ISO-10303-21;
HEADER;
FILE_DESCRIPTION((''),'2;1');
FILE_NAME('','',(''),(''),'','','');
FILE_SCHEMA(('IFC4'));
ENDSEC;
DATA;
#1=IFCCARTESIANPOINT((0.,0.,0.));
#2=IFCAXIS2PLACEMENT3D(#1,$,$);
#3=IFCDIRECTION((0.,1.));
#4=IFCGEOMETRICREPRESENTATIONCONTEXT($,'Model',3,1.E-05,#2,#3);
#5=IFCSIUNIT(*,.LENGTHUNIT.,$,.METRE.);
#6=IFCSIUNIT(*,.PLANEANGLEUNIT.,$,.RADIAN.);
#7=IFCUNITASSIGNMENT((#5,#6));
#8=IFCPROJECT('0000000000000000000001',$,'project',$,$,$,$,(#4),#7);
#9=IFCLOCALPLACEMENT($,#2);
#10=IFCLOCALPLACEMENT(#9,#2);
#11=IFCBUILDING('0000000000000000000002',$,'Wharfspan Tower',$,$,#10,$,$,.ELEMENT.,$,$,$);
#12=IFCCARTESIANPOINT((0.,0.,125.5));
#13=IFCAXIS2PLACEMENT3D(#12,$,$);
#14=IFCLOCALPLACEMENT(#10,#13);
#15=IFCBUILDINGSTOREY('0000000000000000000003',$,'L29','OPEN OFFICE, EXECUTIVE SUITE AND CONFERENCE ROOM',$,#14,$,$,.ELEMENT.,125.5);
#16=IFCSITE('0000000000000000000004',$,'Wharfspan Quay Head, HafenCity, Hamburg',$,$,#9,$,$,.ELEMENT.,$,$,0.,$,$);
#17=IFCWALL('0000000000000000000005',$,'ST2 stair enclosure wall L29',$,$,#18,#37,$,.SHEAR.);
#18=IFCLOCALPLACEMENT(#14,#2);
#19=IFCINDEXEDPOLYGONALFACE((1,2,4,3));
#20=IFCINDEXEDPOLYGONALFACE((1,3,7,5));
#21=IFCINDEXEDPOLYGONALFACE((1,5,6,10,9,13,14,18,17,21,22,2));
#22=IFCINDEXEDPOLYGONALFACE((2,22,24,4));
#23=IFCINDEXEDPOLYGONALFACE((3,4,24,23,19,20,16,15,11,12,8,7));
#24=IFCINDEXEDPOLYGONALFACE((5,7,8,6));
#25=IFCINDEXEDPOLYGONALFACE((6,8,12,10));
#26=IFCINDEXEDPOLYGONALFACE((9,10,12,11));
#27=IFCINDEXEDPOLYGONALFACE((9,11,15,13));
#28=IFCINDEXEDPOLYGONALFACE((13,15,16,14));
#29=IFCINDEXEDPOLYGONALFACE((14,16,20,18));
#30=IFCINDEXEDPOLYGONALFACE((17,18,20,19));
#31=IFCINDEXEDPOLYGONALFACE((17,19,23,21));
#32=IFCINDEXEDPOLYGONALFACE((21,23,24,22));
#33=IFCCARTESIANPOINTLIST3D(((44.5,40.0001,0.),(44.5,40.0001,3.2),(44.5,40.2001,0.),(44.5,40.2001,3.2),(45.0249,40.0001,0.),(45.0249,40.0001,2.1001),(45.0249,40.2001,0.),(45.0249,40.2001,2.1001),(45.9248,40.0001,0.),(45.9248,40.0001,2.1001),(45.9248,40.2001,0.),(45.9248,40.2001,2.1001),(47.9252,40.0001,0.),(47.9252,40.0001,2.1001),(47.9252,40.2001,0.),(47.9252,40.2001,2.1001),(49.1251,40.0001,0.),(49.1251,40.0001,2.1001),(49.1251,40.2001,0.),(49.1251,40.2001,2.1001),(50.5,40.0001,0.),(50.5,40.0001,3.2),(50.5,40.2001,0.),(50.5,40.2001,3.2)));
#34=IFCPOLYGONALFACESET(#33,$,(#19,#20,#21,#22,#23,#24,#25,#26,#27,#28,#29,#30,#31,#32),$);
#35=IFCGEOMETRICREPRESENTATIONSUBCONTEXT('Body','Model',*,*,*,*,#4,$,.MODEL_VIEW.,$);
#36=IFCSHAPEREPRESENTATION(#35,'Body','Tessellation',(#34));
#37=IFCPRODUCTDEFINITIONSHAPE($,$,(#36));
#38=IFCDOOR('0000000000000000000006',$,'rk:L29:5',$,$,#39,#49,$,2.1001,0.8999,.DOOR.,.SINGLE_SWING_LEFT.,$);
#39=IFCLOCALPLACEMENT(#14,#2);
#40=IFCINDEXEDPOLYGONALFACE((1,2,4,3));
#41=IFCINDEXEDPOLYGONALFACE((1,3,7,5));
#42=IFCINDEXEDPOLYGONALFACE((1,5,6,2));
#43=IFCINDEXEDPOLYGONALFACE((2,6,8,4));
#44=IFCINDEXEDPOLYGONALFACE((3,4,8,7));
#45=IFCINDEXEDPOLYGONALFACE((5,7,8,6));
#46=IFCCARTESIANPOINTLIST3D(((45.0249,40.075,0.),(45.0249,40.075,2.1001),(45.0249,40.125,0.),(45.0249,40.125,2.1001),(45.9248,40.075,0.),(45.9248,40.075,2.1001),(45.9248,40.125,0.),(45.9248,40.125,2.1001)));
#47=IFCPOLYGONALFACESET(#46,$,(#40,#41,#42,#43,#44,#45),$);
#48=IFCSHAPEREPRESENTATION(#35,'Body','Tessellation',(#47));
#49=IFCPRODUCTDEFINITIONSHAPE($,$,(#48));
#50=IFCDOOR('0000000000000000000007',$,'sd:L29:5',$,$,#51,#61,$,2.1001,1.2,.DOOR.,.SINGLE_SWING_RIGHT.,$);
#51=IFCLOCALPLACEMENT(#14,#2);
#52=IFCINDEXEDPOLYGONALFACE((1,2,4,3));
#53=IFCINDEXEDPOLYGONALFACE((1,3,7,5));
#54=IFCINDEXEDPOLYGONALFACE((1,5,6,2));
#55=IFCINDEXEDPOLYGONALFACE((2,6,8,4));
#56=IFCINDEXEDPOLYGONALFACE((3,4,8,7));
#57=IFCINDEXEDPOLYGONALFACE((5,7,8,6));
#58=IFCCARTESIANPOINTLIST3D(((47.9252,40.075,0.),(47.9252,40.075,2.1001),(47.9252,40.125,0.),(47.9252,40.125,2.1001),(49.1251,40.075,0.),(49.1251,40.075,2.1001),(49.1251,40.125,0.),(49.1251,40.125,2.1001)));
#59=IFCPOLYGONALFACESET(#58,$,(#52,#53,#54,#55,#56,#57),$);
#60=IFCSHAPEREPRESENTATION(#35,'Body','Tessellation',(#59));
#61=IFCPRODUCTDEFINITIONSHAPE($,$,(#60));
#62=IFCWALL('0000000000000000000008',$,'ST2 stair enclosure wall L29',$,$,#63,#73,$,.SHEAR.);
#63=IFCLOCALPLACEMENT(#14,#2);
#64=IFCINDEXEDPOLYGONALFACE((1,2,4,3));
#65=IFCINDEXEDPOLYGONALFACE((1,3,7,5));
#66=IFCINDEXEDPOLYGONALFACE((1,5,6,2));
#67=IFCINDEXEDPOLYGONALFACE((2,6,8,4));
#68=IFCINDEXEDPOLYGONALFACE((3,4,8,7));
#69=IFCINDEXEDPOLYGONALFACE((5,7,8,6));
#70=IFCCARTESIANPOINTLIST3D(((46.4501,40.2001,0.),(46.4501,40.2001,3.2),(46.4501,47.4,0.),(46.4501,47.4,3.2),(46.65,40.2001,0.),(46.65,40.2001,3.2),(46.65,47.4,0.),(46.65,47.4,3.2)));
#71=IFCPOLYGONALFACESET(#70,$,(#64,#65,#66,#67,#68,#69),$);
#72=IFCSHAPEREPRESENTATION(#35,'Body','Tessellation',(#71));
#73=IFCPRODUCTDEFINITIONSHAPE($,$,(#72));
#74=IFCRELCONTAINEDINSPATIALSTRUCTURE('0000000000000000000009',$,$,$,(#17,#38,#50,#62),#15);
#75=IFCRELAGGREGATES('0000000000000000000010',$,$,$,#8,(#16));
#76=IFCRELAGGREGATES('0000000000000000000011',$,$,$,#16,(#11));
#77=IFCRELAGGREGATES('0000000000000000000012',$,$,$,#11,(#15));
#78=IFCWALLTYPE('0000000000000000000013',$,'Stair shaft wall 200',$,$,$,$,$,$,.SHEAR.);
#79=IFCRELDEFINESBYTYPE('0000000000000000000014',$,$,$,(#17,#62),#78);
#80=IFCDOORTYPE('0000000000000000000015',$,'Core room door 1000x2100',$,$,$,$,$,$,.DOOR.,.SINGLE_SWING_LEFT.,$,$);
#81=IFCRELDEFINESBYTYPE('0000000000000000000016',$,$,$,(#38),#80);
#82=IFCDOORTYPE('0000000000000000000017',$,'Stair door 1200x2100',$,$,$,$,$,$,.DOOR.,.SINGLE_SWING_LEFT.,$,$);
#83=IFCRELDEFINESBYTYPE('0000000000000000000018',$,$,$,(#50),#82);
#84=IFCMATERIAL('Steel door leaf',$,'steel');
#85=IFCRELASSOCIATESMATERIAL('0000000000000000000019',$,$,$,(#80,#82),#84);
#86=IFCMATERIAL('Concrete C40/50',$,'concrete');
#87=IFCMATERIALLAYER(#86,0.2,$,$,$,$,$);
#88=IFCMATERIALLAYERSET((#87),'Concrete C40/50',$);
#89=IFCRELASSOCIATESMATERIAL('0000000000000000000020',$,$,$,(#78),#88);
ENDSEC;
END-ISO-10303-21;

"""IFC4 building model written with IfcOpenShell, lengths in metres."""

from ifc_helpers import new_model, si_unit, direction, frame, frame_2d, origin, place, context, subcontext, project, spatial, rectangle, extrude, material, layer, layer_set, type_object, element, fill, save


model = new_model("IFC4")

# Units and contexts
model_context = context("Model", 3, precision=1e-05, world=origin(), true_north=direction((0.0, 1.0)))
body_context = subcontext(model_context, "Body", "Model", "MODEL_VIEW")
ifc_project = project(units=[si_unit("LENGTHUNIT", "METRE"), si_unit("PLANEANGLEUNIT", "RADIAN")], contexts=[model_context])

# Site, building, storey
site_placement = place(None, origin())
site = spatial("IfcSite", under=ifc_project, at=site_placement, Name="Wharfspan Quay Head, HafenCity, Hamburg", CompositionType="ELEMENT", RefElevation=0.0)
building_placement = place(site_placement, origin())
building = spatial("IfcBuilding", under=site, at=building_placement, Name="Wharfspan Tower", CompositionType="ELEMENT")
storey_placement = place(building_placement, frame((0.0, 0.0, 125.5)))
storey = spatial("IfcBuildingStorey", under=building, at=storey_placement, Name="L29", Description="OPEN OFFICE, EXECUTIVE SUITE AND CONFERENCE ROOM", CompositionType="ELEMENT", Elevation=125.5)

# Shared definitions
ifc_material_1 = material(Name="Steel door leaf", Category="steel")
door_type_1 = type_object("IfcDoorType", Name="Core room door 1000x2100", OperationType="SINGLE_SWING_LEFT", PredefinedType="DOOR", material=ifc_material_1)

# Wall, openings, doors
ifc_material_2 = material(Name="Concrete C40/50", Category="concrete")
ifc_layer_1 = layer(ifc_material_2, 0.2)
ifc_layer_set_1 = layer_set([ifc_layer_1], Name="Concrete C40/50")
wall_type_1 = type_object("IfcWallType", Name="Stair shaft wall 200", PredefinedType="SHEAR", material=ifc_layer_set_1)
wall_1_placement = place(storey_placement, frame((44.5, 40.1001, 0.0), z_axis=(0.0, 0.0, 1.0), x_axis=(1.0, 0.0, 0.0)))
wall_1 = element("IfcWall", 1, at=wall_1_placement, inside=storey, type_object=wall_type_1, Name="ST2 stair enclosure wall L29", PredefinedType="SHEAR", context=body_context, shape_type="SweptSolid", body=[
    extrude(rectangle(XDim=6.0, YDim=0.2, at=frame_2d((3.0, 0.0))), origin(), (0.0, 0.0, 1.0), 3.2),
])
opening_1_placement = place(wall_1_placement, frame((3.425, 0.0, 0.0)))
opening_1 = element("IfcOpeningElement", 2, at=opening_1_placement, cuts=wall_1, PredefinedType="OPENING", context=body_context, shape_type="SweptSolid", body=[
    extrude(rectangle(XDim=1.2, YDim=2.1001, at=frame_2d((0.6001, 1.05))), frame((0.0, 0.1099, 0.0), z_axis=(0.0, -1.0, 0.0), x_axis=(1.0, 0.0, 0.0)), (0.0, 0.0, 1.0), 0.22),
])
opening_2_placement = place(wall_1_placement, frame((0.5249, 0.0, 0.0)))
opening_2 = element("IfcOpeningElement", 3, at=opening_2_placement, cuts=wall_1, PredefinedType="OPENING", context=body_context, shape_type="SweptSolid", body=[
    extrude(rectangle(XDim=0.8999, YDim=2.1001, at=frame_2d((0.45, 1.05))), frame((0.0, 0.1099, 0.0), z_axis=(0.0, -1.0, 0.0), x_axis=(1.0, 0.0, 0.0)), (0.0, 0.0, 1.0), 0.22),
])
door_1_placement = place(opening_2_placement, origin())
door_1 = element("IfcDoor", 4, at=door_1_placement, inside=storey, type_object=door_type_1, Name="rk:L29:5", OperationType="SINGLE_SWING_LEFT", OverallHeight=2.1001, OverallWidth=0.8999, PredefinedType="DOOR", context=body_context, shape_type="SweptSolid", body=[
    extrude(rectangle(XDim=0.8999, YDim=2.1001, at=frame_2d((0.45, 1.05))), frame((0.0, 0.0249, 0.0), z_axis=(0.0, -1.0, 0.0), x_axis=(1.0, 0.0, 0.0)), (0.0, 0.0, 1.0), 0.05),
])
fill(opening_2, door_1)
door_type_2 = type_object("IfcDoorType", Name="Stair door 1200x2100", OperationType="SINGLE_SWING_LEFT", PredefinedType="DOOR", material=ifc_material_1)
door_2_placement = place(opening_1_placement, origin())
door_2 = element("IfcDoor", 5, at=door_2_placement, inside=storey, type_object=door_type_2, Name="sd:L29:5", OperationType="SINGLE_SWING_RIGHT", OverallHeight=2.1001, OverallWidth=1.2, PredefinedType="DOOR", context=body_context, shape_type="SweptSolid", body=[
    extrude(rectangle(XDim=1.2, YDim=2.1001, at=frame_2d((0.6001, 1.05))), frame((0.0, 0.0249, 0.0), z_axis=(0.0, -1.0, 0.0), x_axis=(1.0, 0.0, 0.0)), (0.0, 0.0, 1.0), 0.05),
])
fill(opening_1, door_2)

# Wall
wall_2_placement = place(storey_placement, frame((46.55, 40.2, 0.0), z_axis=(0.0, 0.0, 1.0), x_axis=(0.0, 1.0, 0.0)))
element("IfcWall", 6, at=wall_2_placement, inside=storey, type_object=wall_type_1, Name="ST2 stair enclosure wall L29", PredefinedType="SHEAR", context=body_context, shape_type="SweptSolid", body=[
    extrude(rectangle(XDim=7.2, YDim=0.2, at=frame_2d((3.6001, 0.0))), origin(), (0.0, 0.0, 1.0), 3.2),
])

save(model, "model.ifc")
